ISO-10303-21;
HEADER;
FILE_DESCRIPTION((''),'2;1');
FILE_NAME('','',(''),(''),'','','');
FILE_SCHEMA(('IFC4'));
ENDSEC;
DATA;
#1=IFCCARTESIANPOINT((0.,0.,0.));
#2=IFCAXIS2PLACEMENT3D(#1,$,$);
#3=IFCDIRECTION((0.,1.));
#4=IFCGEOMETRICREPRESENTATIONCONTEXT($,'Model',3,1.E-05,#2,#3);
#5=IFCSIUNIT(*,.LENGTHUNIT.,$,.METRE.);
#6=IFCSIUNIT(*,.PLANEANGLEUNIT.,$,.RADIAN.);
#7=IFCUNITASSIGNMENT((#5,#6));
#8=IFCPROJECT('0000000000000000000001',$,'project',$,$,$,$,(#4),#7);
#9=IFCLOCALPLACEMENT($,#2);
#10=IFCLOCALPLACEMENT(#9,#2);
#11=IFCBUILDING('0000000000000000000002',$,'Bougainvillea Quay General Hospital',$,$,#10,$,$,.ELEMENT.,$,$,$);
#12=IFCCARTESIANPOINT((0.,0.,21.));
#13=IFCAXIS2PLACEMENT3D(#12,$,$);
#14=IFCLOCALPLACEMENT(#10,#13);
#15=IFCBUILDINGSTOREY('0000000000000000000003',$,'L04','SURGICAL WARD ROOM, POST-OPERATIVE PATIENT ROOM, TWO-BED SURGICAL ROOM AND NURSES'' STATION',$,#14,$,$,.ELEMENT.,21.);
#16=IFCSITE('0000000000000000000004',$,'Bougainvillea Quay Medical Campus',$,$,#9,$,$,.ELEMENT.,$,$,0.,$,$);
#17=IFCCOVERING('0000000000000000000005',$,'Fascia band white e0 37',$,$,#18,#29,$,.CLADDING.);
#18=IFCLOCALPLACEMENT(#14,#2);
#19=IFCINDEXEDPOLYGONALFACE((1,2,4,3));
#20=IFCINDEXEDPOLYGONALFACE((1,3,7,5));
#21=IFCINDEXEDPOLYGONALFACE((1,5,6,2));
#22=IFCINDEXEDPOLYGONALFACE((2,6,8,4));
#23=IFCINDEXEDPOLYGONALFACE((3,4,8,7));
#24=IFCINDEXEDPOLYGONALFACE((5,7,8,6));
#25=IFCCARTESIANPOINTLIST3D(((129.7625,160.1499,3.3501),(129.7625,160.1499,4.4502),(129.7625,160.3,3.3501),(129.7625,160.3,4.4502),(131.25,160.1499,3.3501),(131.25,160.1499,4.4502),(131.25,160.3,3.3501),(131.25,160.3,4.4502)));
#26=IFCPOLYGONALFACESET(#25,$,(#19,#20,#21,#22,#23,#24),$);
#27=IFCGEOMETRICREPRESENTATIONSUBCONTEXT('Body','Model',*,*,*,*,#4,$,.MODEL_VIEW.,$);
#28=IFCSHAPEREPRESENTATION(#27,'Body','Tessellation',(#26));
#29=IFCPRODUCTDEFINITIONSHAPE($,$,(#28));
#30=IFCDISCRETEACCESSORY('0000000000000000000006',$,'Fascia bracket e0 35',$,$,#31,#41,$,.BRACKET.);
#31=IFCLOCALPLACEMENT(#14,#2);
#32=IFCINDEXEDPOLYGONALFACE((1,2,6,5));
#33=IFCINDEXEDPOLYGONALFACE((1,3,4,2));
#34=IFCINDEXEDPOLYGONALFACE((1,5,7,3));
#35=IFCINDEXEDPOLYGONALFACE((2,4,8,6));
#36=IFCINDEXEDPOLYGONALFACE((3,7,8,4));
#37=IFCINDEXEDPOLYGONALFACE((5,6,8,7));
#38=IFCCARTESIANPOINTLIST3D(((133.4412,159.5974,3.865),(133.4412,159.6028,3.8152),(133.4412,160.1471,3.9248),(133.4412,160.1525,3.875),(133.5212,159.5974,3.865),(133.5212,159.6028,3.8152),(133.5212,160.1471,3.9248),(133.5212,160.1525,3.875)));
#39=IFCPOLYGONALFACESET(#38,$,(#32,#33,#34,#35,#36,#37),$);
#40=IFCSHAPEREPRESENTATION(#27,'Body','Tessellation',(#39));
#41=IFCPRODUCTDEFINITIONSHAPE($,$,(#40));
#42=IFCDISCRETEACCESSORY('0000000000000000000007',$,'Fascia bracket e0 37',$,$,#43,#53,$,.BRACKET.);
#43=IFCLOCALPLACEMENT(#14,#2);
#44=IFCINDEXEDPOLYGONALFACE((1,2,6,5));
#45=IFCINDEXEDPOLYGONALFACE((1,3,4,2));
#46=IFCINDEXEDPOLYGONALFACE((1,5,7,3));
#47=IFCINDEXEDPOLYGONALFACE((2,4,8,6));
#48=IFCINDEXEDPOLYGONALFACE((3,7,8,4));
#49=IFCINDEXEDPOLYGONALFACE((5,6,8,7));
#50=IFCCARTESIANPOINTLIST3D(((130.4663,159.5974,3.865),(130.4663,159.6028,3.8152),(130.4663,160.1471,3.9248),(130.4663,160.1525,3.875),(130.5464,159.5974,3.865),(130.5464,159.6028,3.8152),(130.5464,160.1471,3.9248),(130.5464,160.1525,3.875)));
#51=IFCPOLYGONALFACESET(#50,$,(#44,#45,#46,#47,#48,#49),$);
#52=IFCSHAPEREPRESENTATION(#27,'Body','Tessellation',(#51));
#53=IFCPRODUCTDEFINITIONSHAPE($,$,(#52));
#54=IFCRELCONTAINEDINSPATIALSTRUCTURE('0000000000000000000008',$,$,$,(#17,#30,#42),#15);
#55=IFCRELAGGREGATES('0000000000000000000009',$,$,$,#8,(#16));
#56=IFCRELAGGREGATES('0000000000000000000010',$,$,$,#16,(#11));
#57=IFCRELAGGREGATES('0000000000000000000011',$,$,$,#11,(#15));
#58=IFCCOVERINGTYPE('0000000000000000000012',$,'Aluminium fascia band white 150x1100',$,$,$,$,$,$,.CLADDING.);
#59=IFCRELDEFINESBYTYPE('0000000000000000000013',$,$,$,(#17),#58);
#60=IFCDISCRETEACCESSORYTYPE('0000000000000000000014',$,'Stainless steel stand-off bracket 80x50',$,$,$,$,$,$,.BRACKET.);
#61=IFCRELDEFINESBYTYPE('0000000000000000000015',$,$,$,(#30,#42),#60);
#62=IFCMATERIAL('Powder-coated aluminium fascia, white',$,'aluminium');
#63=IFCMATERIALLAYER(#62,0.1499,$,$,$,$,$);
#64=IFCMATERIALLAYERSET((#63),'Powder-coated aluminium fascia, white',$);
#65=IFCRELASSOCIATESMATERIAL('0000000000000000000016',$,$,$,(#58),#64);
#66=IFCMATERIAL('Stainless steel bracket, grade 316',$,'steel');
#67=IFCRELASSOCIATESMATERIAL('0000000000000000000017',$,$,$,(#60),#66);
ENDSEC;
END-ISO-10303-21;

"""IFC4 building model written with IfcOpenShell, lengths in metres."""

from ifc_helpers import new_model, si_unit, direction, frame, origin, origin_2d, place, context, subcontext, project, spatial, polyline, rectangle, outline, extrude, material, layer, layer_set, material_profile, profile_set, type_object, element, save


model = new_model("IFC4")

# Units and contexts
model_context = context("Model", 3, precision=1e-05, world=origin(), true_north=direction((0.0, 1.0)))
body_context = subcontext(model_context, "Body", "Model", "MODEL_VIEW")
ifc_project = project(units=[si_unit("LENGTHUNIT", "METRE"), si_unit("PLANEANGLEUNIT", "RADIAN")], contexts=[model_context])

# Site, building, storey
site_placement = place(None, origin())
site = spatial("IfcSite", under=ifc_project, at=site_placement, Name="Bougainvillea Quay Medical Campus", CompositionType="ELEMENT", RefElevation=0.0)
building_placement = place(site_placement, origin())
building = spatial("IfcBuilding", under=site, at=building_placement, Name="Bougainvillea Quay General Hospital", CompositionType="ELEMENT")
storey_placement = place(building_placement, frame((0.0, 0.0, 21.0)))
storey = spatial("IfcBuildingStorey", under=building, at=storey_placement, Name="L04", Description="SURGICAL WARD ROOM, POST-OPERATIVE PATIENT ROOM, TWO-BED SURGICAL ROOM AND NURSES' STATION", CompositionType="ELEMENT", Elevation=21.0)

# Covering
ifc_material_1 = material(Name="Powder-coated aluminium fascia, white", Category="aluminium")
ifc_layer_1 = layer(ifc_material_1, 0.1499)
ifc_layer_set_1 = layer_set([ifc_layer_1], Name="Powder-coated aluminium fascia, white")
covering_type = type_object("IfcCoveringType", Name="Aluminium fascia band white 150x1100", PredefinedType="CLADDING", material=ifc_layer_set_1)
for number, where, z_axis, x_axis, name in (
    (1, (131.25, 160.1499, 3.3501), (0.0, 0.0, 1.0), (-1.0, 0.0, 0.0), "Fascia band white e0 37"),
):
    element("IfcCovering", number, at=place(storey_placement, frame(where, z_axis=z_axis, x_axis=x_axis)), inside=storey, type_object=covering_type, Name=name, PredefinedType="CLADDING", context=body_context, shape_type="SweptSolid", body=[
        extrude(outline(polyline([(0.0, 0.0), (1.4875, 0.0), (1.4875, -0.1501), (0.0, -0.1501), (0.0, 0.0)])), origin(), (0.0, 0.0, 1.0), 1.1001),
    ])

# Discrete accessories
ifc_material_2 = material(Name="Stainless steel bracket, grade 316", Category="steel")
ifc_material_profile_1 = material_profile(ifc_material_2, rectangle(XDim=0.0801, YDim=0.05, at=origin_2d()))
ifc_profile_set_1 = profile_set([ifc_material_profile_1], Name="Stainless steel bracket, grade 316")
discrete_accessory_type = type_object("IfcDiscreteAccessoryType", Name="Stainless steel stand-off bracket 80x50", PredefinedType="BRACKET", material=ifc_profile_set_1)
for number, where, z_axis, x_axis, name in (
    (2, (133.4812, 159.6001, 3.8401), (0.0, 0.994134, 0.108154), (-1.0, 0.0, 0.0), "Fascia bracket e0 35"),
    (3, (130.5063, 159.6001, 3.8401), (0.0, 0.994134, 0.108154), (-1.0, 0.0, 0.0), "Fascia bracket e0 37"),
):
    element("IfcDiscreteAccessory", number, at=place(storey_placement, frame(where, z_axis=z_axis, x_axis=x_axis)), inside=storey, type_object=discrete_accessory_type, Name=name, PredefinedType="BRACKET", context=body_context, shape_type="SweptSolid", body=[
        extrude(rectangle(XDim=0.0801, YDim=0.05, at=origin_2d()), origin(), (0.0, 0.0, 1.0), 0.553),
    ])

save(model, "model.ifc")
